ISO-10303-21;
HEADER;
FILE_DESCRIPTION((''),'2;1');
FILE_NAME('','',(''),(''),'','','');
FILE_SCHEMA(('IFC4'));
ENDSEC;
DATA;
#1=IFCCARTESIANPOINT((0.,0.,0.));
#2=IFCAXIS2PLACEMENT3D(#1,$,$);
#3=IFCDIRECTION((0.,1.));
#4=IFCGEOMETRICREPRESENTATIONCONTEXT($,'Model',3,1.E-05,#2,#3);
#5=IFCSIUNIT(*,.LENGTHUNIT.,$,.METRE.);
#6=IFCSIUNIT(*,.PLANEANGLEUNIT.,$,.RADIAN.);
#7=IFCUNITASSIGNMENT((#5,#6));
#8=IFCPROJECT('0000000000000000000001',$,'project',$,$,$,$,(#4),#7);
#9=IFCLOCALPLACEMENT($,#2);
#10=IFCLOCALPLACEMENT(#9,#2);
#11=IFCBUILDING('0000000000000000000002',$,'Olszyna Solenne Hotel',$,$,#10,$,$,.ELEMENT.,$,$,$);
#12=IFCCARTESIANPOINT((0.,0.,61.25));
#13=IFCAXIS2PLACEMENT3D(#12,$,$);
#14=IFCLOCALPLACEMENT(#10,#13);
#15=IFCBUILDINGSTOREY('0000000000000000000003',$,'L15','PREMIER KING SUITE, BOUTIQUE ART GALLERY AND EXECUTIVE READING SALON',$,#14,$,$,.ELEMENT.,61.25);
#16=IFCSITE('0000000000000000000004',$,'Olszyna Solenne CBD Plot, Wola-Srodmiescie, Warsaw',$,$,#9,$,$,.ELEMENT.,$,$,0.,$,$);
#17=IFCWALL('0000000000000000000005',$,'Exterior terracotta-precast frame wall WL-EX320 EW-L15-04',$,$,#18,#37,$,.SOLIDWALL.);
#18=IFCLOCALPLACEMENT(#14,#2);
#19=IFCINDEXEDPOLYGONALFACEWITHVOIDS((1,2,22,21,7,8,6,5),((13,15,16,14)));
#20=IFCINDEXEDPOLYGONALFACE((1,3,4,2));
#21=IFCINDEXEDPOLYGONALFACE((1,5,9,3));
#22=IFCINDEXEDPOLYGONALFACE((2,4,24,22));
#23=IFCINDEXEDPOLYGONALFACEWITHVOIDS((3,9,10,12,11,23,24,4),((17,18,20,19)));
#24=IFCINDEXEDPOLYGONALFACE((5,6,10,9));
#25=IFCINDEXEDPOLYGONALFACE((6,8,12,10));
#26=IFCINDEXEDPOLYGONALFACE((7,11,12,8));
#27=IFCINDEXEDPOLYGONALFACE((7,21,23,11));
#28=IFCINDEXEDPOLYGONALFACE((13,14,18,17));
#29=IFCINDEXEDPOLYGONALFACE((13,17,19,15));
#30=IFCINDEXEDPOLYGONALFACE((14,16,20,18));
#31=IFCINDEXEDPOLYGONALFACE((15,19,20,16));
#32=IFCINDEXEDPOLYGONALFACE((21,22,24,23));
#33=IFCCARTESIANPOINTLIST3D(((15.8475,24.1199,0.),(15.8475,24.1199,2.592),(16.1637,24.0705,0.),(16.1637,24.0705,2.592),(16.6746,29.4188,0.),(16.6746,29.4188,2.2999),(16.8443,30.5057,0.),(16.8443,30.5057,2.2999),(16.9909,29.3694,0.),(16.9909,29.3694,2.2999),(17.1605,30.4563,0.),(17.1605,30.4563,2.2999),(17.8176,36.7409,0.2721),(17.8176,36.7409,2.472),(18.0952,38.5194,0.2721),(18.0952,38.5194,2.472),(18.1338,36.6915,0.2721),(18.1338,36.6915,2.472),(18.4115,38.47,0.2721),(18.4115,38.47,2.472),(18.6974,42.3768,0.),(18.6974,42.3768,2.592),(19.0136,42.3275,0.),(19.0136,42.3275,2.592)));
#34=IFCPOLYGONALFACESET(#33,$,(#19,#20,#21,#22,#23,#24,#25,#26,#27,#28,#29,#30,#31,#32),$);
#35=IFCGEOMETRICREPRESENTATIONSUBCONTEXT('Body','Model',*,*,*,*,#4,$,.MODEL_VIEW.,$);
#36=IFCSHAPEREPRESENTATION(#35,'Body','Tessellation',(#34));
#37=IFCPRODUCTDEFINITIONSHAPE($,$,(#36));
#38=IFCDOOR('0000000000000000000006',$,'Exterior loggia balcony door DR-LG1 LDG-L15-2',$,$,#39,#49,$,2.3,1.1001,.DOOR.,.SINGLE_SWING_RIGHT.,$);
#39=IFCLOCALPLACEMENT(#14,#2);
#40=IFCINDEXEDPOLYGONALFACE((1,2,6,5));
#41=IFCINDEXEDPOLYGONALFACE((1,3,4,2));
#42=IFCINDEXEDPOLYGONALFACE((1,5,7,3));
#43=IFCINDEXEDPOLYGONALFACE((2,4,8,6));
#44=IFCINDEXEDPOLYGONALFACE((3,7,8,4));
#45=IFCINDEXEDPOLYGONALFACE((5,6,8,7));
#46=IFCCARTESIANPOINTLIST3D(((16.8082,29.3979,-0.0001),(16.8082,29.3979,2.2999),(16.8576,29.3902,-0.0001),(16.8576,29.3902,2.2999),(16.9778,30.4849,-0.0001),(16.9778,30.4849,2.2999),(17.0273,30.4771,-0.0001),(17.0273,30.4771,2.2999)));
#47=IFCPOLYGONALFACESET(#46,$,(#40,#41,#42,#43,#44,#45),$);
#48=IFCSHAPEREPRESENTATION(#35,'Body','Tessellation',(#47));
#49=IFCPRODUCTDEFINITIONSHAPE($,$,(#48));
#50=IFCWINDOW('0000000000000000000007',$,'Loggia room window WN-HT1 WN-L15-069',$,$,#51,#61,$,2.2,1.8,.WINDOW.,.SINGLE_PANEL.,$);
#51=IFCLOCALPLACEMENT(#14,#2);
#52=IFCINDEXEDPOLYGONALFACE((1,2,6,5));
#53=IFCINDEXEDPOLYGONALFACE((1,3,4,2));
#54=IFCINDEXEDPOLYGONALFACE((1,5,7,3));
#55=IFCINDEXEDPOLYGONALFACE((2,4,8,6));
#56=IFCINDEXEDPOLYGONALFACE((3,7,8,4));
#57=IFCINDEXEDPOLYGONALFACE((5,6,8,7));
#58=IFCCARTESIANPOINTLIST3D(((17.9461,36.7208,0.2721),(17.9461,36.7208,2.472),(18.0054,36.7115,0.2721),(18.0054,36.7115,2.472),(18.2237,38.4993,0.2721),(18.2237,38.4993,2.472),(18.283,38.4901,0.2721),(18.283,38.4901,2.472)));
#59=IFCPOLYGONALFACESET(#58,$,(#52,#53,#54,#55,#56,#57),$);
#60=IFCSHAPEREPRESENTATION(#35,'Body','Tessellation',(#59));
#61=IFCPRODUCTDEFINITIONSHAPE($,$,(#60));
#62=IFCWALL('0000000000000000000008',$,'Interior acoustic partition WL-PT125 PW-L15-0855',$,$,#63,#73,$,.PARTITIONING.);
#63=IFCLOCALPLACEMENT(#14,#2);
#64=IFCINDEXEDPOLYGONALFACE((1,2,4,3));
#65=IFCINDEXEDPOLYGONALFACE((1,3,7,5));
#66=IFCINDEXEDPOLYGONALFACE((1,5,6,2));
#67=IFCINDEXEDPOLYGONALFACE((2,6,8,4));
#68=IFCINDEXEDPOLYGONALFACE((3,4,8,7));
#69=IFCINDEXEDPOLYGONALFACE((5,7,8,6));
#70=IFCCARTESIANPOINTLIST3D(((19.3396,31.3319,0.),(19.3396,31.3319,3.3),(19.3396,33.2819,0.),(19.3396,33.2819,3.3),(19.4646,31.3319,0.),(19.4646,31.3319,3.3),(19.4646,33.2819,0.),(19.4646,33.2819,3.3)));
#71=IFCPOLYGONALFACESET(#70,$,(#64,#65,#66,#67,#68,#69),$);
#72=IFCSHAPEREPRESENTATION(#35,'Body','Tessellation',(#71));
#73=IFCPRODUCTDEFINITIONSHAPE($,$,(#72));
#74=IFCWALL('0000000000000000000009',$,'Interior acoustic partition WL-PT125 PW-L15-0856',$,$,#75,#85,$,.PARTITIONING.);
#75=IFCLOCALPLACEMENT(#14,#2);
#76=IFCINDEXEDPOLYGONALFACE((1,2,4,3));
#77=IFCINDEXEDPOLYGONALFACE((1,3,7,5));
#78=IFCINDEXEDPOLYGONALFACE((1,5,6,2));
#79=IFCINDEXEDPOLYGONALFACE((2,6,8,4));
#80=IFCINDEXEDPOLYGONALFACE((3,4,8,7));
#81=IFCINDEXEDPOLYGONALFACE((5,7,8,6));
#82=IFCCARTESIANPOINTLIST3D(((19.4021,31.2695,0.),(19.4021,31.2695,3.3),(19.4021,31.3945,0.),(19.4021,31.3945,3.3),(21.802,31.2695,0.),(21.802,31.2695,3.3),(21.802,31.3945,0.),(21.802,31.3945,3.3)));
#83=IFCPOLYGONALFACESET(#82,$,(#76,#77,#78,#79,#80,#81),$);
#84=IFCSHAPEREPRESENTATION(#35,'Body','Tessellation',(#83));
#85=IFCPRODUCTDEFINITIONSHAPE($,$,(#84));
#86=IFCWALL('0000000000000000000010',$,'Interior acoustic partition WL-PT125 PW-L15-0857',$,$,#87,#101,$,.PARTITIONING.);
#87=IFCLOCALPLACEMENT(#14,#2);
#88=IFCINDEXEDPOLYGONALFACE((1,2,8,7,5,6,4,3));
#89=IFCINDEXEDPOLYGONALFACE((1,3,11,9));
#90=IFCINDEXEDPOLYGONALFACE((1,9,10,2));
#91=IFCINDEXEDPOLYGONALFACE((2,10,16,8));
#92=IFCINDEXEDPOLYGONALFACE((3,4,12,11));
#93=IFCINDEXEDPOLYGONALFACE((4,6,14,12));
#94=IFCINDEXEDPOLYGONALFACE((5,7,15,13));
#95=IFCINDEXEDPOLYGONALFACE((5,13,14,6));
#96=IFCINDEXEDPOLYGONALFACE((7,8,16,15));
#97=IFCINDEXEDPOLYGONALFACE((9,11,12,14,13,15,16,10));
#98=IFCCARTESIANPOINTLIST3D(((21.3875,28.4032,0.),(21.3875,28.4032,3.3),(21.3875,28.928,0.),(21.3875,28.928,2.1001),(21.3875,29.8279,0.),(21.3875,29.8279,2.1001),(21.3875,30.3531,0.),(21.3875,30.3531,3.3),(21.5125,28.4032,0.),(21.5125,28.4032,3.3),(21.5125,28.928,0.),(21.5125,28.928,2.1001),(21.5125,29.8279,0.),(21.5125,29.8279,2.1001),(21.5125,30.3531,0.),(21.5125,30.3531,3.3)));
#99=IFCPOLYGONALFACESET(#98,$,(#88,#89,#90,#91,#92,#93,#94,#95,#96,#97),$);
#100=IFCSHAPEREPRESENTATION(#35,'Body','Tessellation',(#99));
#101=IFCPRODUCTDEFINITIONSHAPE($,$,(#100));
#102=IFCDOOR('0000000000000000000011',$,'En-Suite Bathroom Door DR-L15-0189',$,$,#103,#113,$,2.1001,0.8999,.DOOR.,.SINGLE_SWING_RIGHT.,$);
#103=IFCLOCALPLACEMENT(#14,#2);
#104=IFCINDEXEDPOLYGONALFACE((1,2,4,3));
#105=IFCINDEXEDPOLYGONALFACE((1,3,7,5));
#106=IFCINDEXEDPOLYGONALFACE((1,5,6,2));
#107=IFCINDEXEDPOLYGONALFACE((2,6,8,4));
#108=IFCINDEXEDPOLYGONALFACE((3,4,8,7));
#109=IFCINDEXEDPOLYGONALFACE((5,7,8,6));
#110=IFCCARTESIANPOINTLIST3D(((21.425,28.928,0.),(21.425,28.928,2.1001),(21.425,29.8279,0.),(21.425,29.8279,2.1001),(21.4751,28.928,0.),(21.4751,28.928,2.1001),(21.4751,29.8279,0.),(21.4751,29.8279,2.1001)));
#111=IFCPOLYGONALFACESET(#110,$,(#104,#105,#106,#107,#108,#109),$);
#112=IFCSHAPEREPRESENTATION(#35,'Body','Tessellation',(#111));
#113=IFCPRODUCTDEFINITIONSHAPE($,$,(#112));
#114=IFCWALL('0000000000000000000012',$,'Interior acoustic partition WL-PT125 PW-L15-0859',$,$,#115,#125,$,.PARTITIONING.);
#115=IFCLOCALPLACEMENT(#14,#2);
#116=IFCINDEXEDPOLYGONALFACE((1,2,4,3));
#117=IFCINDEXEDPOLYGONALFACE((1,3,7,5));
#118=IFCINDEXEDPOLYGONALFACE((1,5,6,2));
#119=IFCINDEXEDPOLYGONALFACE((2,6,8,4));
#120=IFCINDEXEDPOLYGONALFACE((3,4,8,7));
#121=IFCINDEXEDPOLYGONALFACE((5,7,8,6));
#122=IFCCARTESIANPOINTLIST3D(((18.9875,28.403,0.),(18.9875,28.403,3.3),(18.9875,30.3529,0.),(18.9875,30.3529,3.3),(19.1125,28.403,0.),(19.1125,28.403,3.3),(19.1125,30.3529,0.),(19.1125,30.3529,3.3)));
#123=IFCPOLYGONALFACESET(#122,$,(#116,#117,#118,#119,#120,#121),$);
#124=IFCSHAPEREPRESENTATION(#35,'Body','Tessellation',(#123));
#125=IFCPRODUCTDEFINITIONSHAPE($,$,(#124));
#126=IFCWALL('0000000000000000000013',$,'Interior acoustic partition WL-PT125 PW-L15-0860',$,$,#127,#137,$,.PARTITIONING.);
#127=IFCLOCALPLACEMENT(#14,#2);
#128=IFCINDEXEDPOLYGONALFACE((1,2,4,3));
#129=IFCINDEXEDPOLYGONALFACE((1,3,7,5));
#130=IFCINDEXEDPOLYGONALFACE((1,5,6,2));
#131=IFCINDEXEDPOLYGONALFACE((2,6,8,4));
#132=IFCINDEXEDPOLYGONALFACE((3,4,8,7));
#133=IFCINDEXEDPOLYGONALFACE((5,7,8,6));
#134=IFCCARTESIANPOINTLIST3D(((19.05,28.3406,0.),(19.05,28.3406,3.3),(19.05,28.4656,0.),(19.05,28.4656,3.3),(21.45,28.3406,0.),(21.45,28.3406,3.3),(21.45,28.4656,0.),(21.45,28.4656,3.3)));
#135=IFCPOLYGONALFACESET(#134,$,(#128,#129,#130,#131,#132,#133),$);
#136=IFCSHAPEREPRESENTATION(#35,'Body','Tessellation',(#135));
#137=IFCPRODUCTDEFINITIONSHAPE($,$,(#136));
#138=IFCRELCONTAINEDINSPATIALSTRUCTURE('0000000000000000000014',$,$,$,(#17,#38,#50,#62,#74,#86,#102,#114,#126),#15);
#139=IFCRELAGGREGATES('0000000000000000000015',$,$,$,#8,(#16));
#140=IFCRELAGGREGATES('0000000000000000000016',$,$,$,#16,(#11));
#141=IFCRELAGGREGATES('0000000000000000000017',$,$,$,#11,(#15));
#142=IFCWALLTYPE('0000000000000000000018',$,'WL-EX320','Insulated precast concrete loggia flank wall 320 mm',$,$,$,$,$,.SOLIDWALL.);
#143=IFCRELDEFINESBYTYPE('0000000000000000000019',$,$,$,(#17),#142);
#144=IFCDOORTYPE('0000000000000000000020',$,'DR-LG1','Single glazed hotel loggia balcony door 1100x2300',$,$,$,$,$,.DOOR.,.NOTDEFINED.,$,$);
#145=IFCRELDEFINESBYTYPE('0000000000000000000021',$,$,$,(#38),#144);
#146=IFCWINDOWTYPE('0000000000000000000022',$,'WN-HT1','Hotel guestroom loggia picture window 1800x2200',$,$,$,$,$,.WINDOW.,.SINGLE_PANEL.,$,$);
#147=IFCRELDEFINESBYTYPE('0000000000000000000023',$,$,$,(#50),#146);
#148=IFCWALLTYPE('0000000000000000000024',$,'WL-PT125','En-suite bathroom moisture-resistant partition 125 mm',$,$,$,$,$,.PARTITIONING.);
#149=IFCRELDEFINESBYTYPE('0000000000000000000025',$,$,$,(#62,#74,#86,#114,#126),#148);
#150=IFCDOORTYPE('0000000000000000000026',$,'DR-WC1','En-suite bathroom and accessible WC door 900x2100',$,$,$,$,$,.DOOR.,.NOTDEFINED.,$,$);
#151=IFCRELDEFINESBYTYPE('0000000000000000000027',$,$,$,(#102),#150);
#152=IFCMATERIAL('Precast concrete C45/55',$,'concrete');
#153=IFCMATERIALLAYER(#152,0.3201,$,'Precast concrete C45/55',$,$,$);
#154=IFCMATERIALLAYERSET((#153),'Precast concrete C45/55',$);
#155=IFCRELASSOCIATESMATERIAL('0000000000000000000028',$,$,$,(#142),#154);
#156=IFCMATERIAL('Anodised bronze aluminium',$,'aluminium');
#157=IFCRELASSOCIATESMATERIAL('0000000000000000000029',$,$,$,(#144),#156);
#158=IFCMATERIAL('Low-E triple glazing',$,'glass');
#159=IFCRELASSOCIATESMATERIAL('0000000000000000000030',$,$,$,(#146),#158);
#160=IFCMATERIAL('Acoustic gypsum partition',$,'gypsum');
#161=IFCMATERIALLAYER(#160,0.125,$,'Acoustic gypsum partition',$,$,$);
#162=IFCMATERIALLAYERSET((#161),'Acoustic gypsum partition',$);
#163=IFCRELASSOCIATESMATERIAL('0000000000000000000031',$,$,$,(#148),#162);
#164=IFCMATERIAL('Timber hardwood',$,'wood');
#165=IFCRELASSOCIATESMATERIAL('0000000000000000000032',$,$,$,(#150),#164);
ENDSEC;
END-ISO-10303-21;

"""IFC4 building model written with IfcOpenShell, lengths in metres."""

from ifc_helpers import new_model, si_unit, direction, frame, frame_2d, origin, place, context, subcontext, project, spatial, rectangle, extrude, source, transform, mapped, material, layer, layer_set, type_object, type_shapes, element, fill, save


model = new_model("IFC4")

# Units and contexts
model_context = context("Model", 3, precision=1e-05, world=origin(), true_north=direction((0.0, 1.0)))
body_context = subcontext(model_context, "Body", "Model", "MODEL_VIEW")
ifc_project = project(units=[si_unit("LENGTHUNIT", "METRE"), si_unit("PLANEANGLEUNIT", "RADIAN")], contexts=[model_context])

# Site, building, storey
site_placement = place(None, origin())
site = spatial("IfcSite", under=ifc_project, at=site_placement, Name="Olszyna Solenne CBD Plot, Wola-Srodmiescie, Warsaw", CompositionType="ELEMENT", RefElevation=0.0)
building_placement = place(site_placement, origin())
building = spatial("IfcBuilding", under=site, at=building_placement, Name="Olszyna Solenne Hotel", CompositionType="ELEMENT")
storey_placement = place(building_placement, frame((0.0, 0.0, 61.25)))
storey = spatial("IfcBuildingStorey", under=building, at=storey_placement, Name="L15", Description="PREMIER KING SUITE, BOUTIQUE ART GALLERY AND EXECUTIVE READING SALON", CompositionType="ELEMENT", Elevation=61.25)

# Shared definitions
ifc_material_1 = material(Name="Anodised bronze aluminium", Category="aluminium")

# Wall, openings, door, window
ifc_material_2 = material(Name="Precast concrete C45/55", Category="concrete")
ifc_layer_1 = layer(ifc_material_2, 0.3201, Name="Precast concrete C45/55")
ifc_layer_set_1 = layer_set([ifc_layer_1], Name="Precast concrete C45/55")
wall_type_1 = type_object("IfcWallType", Name="WL-EX320", Description="Insulated precast concrete loggia flank wall 320 mm", PredefinedType="SOLIDWALL", material=ifc_layer_set_1)
wall_1_placement = place(storey_placement, frame((16.0056, 24.0952, 0.0), z_axis=(0.0, 0.0, 1.0), x_axis=(0.15423, 0.988035, 0.0)))
wall_1 = element("IfcWall", 1, at=wall_1_placement, inside=storey, type_object=wall_type_1, Name="Exterior terracotta-precast frame wall WL-EX320 EW-L15-04", PredefinedType="SOLIDWALL", context=body_context, shape_type="SweptSolid", body=[
    extrude(rectangle(XDim=18.478, YDim=0.3201, at=frame_2d((9.239, 0.0))), origin(), (0.0, 0.0, 1.0), 2.592),
])
opening_1_placement = place(wall_1_placement, frame((5.363, 0.0, 0.0)))
opening_1 = element("IfcOpeningElement", 2, at=opening_1_placement, cuts=wall_1, PredefinedType="OPENING", context=body_context, shape_type="SweptSolid", body=[
    extrude(rectangle(XDim=1.1001, YDim=2.3, at=frame_2d((0.55, 1.1499))), frame((0.0, 0.1699, 0.0), z_axis=(0.0, -1.0, 0.0), x_axis=(1.0, 0.0, 0.0)), (0.0, 0.0, 1.0), 0.3401),
])
opening_2_placement = place(wall_1_placement, frame((12.7739, 0.0, 0.272)))
opening_2 = element("IfcOpeningElement", 3, at=opening_2_placement, cuts=wall_1, PredefinedType="OPENING", context=body_context, shape_type="SweptSolid", body=[
    extrude(rectangle(XDim=1.8, YDim=2.2, at=frame_2d((0.8999, 1.1001))), frame((0.0, 0.1699, 0.0), z_axis=(0.0, -1.0, 0.0), x_axis=(1.0, 0.0, 0.0)), (0.0, 0.0, 1.0), 0.3401),
])
door_type_1 = type_object("IfcDoorType", Name="DR-LG1", Description="Single glazed hotel loggia balcony door 1100x2300", OperationType="NOTDEFINED", PredefinedType="DOOR", material=ifc_material_1)
shared_shape_1 = source(origin(), body_context, "Body", "SweptSolid", [
    extrude(rectangle(XDim=1.1001, YDim=2.3, at=frame_2d((0.55, 1.1499))), frame((0.0, 0.0249, 0.0), z_axis=(0.0, -1.0, 0.0), x_axis=(1.0, 0.0, 0.0)), (0.0, 0.0, 1.0), 0.05),
])
type_shapes(door_type_1, [shared_shape_1])
door_1_placement = place(opening_1_placement, origin())
door_1 = element("IfcDoor", 4, at=door_1_placement, inside=storey, type_object=door_type_1, Name="Exterior loggia balcony door DR-LG1 LDG-L15-2", OperationType="SINGLE_SWING_RIGHT", OverallHeight=2.3, OverallWidth=1.1001, PredefinedType="DOOR", context=body_context, shape_type="MappedRepresentation", body=[
    mapped(shared_shape_1, transform((0.0, 0.0, 0.0), x_axis=(1.0, 0.0, 0.0), y_axis=(0.0, 1.0, 0.0), z_axis=(0.0, 0.0, 1.0), scale=1.0)),
])
fill(opening_1, door_1)
ifc_material_3 = material(Name="Low-E triple glazing", Category="glass")
window_type = type_object("IfcWindowType", Name="WN-HT1", Description="Hotel guestroom loggia picture window 1800x2200", PartitioningType="SINGLE_PANEL", PredefinedType="WINDOW", material=ifc_material_3)
shared_shape_2 = source(origin(), body_context, "Body", "SweptSolid", [
    extrude(rectangle(XDim=1.8, YDim=2.2, at=frame_2d((0.8999, 1.1001))), frame((0.0, 0.03, 0.0), z_axis=(0.0, -1.0, 0.0), x_axis=(1.0, 0.0, 0.0)), (0.0, 0.0, 1.0), 0.0601),
])
type_shapes(window_type, [shared_shape_2])
window_placement = place(opening_2_placement, origin())
window = element("IfcWindow", 5, at=window_placement, inside=storey, type_object=window_type, Name="Loggia room window WN-HT1 WN-L15-069", OverallHeight=2.2, OverallWidth=1.8, PartitioningType="SINGLE_PANEL", PredefinedType="WINDOW", context=body_context, shape_type="MappedRepresentation", body=[
    mapped(shared_shape_2, transform((0.0, 0.0, 0.0), x_axis=(1.0, 0.0, 0.0), y_axis=(0.0, 1.0, 0.0), z_axis=(0.0, 0.0, 1.0), scale=1.0)),
])
fill(opening_2, window)

# Walls
ifc_material_4 = material(Name="Acoustic gypsum partition", Category="gypsum")
ifc_layer_2 = layer(ifc_material_4, 0.125, Name="Acoustic gypsum partition")
ifc_layer_set_2 = layer_set([ifc_layer_2], Name="Acoustic gypsum partition")
wall_type_2 = type_object("IfcWallType", Name="WL-PT125", Description="En-suite bathroom moisture-resistant partition 125 mm", PredefinedType="PARTITIONING", material=ifc_layer_set_2)
wall_2_placement = place(storey_placement, frame((19.4021, 33.282, 0.0), z_axis=(0.0, 0.0, 1.0), x_axis=(0.0, -1.0, 0.0)))
element("IfcWall", 6, at=wall_2_placement, inside=storey, type_object=wall_type_2, Name="Interior acoustic partition WL-PT125 PW-L15-0855", PredefinedType="PARTITIONING", context=body_context, shape_type="SweptSolid", body=[
    extrude(rectangle(XDim=1.95, YDim=0.125, at=frame_2d((0.9751, 0.0))), origin(), (0.0, 0.0, 1.0), 3.3),
])
wall_3_placement = place(storey_placement, frame((19.4021, 31.332, 0.0), z_axis=(0.0, 0.0, 1.0), x_axis=(1.0, 0.0, 0.0)))
element("IfcWall", 7, at=wall_3_placement, inside=storey, type_object=wall_type_2, Name="Interior acoustic partition WL-PT125 PW-L15-0856", PredefinedType="PARTITIONING", context=body_context, shape_type="SweptSolid", body=[
    extrude(rectangle(XDim=2.3999, YDim=0.125, at=frame_2d((1.2, 0.0))), origin(), (0.0, 0.0, 1.0), 3.3),
])

# Wall, opening, door
wall_4_placement = place(storey_placement, frame((21.45, 28.4031, 0.0), z_axis=(0.0, 0.0, 1.0), x_axis=(0.0, 1.0, 0.0)))
wall_4 = element("IfcWall", 8, at=wall_4_placement, inside=storey, type_object=wall_type_2, Name="Interior acoustic partition WL-PT125 PW-L15-0857", PredefinedType="PARTITIONING", context=body_context, shape_type="SweptSolid", body=[
    extrude(rectangle(XDim=1.95, YDim=0.125, at=frame_2d((0.9751, 0.0))), origin(), (0.0, 0.0, 1.0), 3.3),
])
opening_3_placement = place(wall_4_placement, frame((0.5249, 0.0, 0.0)))
opening_3 = element("IfcOpeningElement", 9, at=opening_3_placement, cuts=wall_4, PredefinedType="OPENING", context=body_context, shape_type="SweptSolid", body=[
    extrude(rectangle(XDim=0.8999, YDim=2.1001, at=frame_2d((0.45, 1.05))), frame((0.0, 0.0725, 0.0), z_axis=(0.0, -1.0, 0.0), x_axis=(1.0, 0.0, 0.0)), (0.0, 0.0, 1.0), 0.145),
])
ifc_material_5 = material(Name="Timber hardwood", Category="wood")
door_type_2 = type_object("IfcDoorType", Name="DR-WC1", Description="En-suite bathroom and accessible WC door 900x2100", OperationType="NOTDEFINED", PredefinedType="DOOR", material=ifc_material_5)
shared_shape_3 = source(origin(), body_context, "Body", "SweptSolid", [
    extrude(rectangle(XDim=0.8999, YDim=2.1001, at=frame_2d((0.45, 1.05))), frame((0.0, 0.0249, 0.0), z_axis=(0.0, -1.0, 0.0), x_axis=(1.0, 0.0, 0.0)), (0.0, 0.0, 1.0), 0.05),
])
type_shapes(door_type_2, [shared_shape_3])
door_2_placement = place(opening_3_placement, origin())
door_2 = element("IfcDoor", 10, at=door_2_placement, inside=storey, type_object=door_type_2, Name="En-Suite Bathroom Door DR-L15-0189", OperationType="SINGLE_SWING_RIGHT", OverallHeight=2.1001, OverallWidth=0.8999, PredefinedType="DOOR", context=body_context, shape_type="MappedRepresentation", body=[
    mapped(shared_shape_3, transform((0.0, 0.0, 0.0), x_axis=(1.0, 0.0, 0.0), y_axis=(0.0, 1.0, 0.0), z_axis=(0.0, 0.0, 1.0), scale=1.0)),
])
fill(opening_3, door_2)

# Walls
wall_5_placement = place(storey_placement, frame((19.05, 30.353, 0.0), z_axis=(0.0, 0.0, 1.0), x_axis=(0.0, -1.0, 0.0)))
element("IfcWall", 11, at=wall_5_placement, inside=storey, type_object=wall_type_2, Name="Interior acoustic partition WL-PT125 PW-L15-0859", PredefinedType="PARTITIONING", context=body_context, shape_type="SweptSolid", body=[
    extrude(rectangle(XDim=1.95, YDim=0.125, at=frame_2d((0.9751, 0.0))), origin(), (0.0, 0.0, 1.0), 3.3),
])
wall_6_placement = place(storey_placement, frame((19.05, 28.4031, 0.0), z_axis=(0.0, 0.0, 1.0), x_axis=(1.0, 0.0, 0.0)))
element("IfcWall", 12, at=wall_6_placement, inside=storey, type_object=wall_type_2, Name="Interior acoustic partition WL-PT125 PW-L15-0860", PredefinedType="PARTITIONING", context=body_context, shape_type="SweptSolid", body=[
    extrude(rectangle(XDim=2.3999, YDim=0.125, at=frame_2d((1.2, 0.0))), origin(), (0.0, 0.0, 1.0), 3.3),
])

save(model, "model.ifc")
